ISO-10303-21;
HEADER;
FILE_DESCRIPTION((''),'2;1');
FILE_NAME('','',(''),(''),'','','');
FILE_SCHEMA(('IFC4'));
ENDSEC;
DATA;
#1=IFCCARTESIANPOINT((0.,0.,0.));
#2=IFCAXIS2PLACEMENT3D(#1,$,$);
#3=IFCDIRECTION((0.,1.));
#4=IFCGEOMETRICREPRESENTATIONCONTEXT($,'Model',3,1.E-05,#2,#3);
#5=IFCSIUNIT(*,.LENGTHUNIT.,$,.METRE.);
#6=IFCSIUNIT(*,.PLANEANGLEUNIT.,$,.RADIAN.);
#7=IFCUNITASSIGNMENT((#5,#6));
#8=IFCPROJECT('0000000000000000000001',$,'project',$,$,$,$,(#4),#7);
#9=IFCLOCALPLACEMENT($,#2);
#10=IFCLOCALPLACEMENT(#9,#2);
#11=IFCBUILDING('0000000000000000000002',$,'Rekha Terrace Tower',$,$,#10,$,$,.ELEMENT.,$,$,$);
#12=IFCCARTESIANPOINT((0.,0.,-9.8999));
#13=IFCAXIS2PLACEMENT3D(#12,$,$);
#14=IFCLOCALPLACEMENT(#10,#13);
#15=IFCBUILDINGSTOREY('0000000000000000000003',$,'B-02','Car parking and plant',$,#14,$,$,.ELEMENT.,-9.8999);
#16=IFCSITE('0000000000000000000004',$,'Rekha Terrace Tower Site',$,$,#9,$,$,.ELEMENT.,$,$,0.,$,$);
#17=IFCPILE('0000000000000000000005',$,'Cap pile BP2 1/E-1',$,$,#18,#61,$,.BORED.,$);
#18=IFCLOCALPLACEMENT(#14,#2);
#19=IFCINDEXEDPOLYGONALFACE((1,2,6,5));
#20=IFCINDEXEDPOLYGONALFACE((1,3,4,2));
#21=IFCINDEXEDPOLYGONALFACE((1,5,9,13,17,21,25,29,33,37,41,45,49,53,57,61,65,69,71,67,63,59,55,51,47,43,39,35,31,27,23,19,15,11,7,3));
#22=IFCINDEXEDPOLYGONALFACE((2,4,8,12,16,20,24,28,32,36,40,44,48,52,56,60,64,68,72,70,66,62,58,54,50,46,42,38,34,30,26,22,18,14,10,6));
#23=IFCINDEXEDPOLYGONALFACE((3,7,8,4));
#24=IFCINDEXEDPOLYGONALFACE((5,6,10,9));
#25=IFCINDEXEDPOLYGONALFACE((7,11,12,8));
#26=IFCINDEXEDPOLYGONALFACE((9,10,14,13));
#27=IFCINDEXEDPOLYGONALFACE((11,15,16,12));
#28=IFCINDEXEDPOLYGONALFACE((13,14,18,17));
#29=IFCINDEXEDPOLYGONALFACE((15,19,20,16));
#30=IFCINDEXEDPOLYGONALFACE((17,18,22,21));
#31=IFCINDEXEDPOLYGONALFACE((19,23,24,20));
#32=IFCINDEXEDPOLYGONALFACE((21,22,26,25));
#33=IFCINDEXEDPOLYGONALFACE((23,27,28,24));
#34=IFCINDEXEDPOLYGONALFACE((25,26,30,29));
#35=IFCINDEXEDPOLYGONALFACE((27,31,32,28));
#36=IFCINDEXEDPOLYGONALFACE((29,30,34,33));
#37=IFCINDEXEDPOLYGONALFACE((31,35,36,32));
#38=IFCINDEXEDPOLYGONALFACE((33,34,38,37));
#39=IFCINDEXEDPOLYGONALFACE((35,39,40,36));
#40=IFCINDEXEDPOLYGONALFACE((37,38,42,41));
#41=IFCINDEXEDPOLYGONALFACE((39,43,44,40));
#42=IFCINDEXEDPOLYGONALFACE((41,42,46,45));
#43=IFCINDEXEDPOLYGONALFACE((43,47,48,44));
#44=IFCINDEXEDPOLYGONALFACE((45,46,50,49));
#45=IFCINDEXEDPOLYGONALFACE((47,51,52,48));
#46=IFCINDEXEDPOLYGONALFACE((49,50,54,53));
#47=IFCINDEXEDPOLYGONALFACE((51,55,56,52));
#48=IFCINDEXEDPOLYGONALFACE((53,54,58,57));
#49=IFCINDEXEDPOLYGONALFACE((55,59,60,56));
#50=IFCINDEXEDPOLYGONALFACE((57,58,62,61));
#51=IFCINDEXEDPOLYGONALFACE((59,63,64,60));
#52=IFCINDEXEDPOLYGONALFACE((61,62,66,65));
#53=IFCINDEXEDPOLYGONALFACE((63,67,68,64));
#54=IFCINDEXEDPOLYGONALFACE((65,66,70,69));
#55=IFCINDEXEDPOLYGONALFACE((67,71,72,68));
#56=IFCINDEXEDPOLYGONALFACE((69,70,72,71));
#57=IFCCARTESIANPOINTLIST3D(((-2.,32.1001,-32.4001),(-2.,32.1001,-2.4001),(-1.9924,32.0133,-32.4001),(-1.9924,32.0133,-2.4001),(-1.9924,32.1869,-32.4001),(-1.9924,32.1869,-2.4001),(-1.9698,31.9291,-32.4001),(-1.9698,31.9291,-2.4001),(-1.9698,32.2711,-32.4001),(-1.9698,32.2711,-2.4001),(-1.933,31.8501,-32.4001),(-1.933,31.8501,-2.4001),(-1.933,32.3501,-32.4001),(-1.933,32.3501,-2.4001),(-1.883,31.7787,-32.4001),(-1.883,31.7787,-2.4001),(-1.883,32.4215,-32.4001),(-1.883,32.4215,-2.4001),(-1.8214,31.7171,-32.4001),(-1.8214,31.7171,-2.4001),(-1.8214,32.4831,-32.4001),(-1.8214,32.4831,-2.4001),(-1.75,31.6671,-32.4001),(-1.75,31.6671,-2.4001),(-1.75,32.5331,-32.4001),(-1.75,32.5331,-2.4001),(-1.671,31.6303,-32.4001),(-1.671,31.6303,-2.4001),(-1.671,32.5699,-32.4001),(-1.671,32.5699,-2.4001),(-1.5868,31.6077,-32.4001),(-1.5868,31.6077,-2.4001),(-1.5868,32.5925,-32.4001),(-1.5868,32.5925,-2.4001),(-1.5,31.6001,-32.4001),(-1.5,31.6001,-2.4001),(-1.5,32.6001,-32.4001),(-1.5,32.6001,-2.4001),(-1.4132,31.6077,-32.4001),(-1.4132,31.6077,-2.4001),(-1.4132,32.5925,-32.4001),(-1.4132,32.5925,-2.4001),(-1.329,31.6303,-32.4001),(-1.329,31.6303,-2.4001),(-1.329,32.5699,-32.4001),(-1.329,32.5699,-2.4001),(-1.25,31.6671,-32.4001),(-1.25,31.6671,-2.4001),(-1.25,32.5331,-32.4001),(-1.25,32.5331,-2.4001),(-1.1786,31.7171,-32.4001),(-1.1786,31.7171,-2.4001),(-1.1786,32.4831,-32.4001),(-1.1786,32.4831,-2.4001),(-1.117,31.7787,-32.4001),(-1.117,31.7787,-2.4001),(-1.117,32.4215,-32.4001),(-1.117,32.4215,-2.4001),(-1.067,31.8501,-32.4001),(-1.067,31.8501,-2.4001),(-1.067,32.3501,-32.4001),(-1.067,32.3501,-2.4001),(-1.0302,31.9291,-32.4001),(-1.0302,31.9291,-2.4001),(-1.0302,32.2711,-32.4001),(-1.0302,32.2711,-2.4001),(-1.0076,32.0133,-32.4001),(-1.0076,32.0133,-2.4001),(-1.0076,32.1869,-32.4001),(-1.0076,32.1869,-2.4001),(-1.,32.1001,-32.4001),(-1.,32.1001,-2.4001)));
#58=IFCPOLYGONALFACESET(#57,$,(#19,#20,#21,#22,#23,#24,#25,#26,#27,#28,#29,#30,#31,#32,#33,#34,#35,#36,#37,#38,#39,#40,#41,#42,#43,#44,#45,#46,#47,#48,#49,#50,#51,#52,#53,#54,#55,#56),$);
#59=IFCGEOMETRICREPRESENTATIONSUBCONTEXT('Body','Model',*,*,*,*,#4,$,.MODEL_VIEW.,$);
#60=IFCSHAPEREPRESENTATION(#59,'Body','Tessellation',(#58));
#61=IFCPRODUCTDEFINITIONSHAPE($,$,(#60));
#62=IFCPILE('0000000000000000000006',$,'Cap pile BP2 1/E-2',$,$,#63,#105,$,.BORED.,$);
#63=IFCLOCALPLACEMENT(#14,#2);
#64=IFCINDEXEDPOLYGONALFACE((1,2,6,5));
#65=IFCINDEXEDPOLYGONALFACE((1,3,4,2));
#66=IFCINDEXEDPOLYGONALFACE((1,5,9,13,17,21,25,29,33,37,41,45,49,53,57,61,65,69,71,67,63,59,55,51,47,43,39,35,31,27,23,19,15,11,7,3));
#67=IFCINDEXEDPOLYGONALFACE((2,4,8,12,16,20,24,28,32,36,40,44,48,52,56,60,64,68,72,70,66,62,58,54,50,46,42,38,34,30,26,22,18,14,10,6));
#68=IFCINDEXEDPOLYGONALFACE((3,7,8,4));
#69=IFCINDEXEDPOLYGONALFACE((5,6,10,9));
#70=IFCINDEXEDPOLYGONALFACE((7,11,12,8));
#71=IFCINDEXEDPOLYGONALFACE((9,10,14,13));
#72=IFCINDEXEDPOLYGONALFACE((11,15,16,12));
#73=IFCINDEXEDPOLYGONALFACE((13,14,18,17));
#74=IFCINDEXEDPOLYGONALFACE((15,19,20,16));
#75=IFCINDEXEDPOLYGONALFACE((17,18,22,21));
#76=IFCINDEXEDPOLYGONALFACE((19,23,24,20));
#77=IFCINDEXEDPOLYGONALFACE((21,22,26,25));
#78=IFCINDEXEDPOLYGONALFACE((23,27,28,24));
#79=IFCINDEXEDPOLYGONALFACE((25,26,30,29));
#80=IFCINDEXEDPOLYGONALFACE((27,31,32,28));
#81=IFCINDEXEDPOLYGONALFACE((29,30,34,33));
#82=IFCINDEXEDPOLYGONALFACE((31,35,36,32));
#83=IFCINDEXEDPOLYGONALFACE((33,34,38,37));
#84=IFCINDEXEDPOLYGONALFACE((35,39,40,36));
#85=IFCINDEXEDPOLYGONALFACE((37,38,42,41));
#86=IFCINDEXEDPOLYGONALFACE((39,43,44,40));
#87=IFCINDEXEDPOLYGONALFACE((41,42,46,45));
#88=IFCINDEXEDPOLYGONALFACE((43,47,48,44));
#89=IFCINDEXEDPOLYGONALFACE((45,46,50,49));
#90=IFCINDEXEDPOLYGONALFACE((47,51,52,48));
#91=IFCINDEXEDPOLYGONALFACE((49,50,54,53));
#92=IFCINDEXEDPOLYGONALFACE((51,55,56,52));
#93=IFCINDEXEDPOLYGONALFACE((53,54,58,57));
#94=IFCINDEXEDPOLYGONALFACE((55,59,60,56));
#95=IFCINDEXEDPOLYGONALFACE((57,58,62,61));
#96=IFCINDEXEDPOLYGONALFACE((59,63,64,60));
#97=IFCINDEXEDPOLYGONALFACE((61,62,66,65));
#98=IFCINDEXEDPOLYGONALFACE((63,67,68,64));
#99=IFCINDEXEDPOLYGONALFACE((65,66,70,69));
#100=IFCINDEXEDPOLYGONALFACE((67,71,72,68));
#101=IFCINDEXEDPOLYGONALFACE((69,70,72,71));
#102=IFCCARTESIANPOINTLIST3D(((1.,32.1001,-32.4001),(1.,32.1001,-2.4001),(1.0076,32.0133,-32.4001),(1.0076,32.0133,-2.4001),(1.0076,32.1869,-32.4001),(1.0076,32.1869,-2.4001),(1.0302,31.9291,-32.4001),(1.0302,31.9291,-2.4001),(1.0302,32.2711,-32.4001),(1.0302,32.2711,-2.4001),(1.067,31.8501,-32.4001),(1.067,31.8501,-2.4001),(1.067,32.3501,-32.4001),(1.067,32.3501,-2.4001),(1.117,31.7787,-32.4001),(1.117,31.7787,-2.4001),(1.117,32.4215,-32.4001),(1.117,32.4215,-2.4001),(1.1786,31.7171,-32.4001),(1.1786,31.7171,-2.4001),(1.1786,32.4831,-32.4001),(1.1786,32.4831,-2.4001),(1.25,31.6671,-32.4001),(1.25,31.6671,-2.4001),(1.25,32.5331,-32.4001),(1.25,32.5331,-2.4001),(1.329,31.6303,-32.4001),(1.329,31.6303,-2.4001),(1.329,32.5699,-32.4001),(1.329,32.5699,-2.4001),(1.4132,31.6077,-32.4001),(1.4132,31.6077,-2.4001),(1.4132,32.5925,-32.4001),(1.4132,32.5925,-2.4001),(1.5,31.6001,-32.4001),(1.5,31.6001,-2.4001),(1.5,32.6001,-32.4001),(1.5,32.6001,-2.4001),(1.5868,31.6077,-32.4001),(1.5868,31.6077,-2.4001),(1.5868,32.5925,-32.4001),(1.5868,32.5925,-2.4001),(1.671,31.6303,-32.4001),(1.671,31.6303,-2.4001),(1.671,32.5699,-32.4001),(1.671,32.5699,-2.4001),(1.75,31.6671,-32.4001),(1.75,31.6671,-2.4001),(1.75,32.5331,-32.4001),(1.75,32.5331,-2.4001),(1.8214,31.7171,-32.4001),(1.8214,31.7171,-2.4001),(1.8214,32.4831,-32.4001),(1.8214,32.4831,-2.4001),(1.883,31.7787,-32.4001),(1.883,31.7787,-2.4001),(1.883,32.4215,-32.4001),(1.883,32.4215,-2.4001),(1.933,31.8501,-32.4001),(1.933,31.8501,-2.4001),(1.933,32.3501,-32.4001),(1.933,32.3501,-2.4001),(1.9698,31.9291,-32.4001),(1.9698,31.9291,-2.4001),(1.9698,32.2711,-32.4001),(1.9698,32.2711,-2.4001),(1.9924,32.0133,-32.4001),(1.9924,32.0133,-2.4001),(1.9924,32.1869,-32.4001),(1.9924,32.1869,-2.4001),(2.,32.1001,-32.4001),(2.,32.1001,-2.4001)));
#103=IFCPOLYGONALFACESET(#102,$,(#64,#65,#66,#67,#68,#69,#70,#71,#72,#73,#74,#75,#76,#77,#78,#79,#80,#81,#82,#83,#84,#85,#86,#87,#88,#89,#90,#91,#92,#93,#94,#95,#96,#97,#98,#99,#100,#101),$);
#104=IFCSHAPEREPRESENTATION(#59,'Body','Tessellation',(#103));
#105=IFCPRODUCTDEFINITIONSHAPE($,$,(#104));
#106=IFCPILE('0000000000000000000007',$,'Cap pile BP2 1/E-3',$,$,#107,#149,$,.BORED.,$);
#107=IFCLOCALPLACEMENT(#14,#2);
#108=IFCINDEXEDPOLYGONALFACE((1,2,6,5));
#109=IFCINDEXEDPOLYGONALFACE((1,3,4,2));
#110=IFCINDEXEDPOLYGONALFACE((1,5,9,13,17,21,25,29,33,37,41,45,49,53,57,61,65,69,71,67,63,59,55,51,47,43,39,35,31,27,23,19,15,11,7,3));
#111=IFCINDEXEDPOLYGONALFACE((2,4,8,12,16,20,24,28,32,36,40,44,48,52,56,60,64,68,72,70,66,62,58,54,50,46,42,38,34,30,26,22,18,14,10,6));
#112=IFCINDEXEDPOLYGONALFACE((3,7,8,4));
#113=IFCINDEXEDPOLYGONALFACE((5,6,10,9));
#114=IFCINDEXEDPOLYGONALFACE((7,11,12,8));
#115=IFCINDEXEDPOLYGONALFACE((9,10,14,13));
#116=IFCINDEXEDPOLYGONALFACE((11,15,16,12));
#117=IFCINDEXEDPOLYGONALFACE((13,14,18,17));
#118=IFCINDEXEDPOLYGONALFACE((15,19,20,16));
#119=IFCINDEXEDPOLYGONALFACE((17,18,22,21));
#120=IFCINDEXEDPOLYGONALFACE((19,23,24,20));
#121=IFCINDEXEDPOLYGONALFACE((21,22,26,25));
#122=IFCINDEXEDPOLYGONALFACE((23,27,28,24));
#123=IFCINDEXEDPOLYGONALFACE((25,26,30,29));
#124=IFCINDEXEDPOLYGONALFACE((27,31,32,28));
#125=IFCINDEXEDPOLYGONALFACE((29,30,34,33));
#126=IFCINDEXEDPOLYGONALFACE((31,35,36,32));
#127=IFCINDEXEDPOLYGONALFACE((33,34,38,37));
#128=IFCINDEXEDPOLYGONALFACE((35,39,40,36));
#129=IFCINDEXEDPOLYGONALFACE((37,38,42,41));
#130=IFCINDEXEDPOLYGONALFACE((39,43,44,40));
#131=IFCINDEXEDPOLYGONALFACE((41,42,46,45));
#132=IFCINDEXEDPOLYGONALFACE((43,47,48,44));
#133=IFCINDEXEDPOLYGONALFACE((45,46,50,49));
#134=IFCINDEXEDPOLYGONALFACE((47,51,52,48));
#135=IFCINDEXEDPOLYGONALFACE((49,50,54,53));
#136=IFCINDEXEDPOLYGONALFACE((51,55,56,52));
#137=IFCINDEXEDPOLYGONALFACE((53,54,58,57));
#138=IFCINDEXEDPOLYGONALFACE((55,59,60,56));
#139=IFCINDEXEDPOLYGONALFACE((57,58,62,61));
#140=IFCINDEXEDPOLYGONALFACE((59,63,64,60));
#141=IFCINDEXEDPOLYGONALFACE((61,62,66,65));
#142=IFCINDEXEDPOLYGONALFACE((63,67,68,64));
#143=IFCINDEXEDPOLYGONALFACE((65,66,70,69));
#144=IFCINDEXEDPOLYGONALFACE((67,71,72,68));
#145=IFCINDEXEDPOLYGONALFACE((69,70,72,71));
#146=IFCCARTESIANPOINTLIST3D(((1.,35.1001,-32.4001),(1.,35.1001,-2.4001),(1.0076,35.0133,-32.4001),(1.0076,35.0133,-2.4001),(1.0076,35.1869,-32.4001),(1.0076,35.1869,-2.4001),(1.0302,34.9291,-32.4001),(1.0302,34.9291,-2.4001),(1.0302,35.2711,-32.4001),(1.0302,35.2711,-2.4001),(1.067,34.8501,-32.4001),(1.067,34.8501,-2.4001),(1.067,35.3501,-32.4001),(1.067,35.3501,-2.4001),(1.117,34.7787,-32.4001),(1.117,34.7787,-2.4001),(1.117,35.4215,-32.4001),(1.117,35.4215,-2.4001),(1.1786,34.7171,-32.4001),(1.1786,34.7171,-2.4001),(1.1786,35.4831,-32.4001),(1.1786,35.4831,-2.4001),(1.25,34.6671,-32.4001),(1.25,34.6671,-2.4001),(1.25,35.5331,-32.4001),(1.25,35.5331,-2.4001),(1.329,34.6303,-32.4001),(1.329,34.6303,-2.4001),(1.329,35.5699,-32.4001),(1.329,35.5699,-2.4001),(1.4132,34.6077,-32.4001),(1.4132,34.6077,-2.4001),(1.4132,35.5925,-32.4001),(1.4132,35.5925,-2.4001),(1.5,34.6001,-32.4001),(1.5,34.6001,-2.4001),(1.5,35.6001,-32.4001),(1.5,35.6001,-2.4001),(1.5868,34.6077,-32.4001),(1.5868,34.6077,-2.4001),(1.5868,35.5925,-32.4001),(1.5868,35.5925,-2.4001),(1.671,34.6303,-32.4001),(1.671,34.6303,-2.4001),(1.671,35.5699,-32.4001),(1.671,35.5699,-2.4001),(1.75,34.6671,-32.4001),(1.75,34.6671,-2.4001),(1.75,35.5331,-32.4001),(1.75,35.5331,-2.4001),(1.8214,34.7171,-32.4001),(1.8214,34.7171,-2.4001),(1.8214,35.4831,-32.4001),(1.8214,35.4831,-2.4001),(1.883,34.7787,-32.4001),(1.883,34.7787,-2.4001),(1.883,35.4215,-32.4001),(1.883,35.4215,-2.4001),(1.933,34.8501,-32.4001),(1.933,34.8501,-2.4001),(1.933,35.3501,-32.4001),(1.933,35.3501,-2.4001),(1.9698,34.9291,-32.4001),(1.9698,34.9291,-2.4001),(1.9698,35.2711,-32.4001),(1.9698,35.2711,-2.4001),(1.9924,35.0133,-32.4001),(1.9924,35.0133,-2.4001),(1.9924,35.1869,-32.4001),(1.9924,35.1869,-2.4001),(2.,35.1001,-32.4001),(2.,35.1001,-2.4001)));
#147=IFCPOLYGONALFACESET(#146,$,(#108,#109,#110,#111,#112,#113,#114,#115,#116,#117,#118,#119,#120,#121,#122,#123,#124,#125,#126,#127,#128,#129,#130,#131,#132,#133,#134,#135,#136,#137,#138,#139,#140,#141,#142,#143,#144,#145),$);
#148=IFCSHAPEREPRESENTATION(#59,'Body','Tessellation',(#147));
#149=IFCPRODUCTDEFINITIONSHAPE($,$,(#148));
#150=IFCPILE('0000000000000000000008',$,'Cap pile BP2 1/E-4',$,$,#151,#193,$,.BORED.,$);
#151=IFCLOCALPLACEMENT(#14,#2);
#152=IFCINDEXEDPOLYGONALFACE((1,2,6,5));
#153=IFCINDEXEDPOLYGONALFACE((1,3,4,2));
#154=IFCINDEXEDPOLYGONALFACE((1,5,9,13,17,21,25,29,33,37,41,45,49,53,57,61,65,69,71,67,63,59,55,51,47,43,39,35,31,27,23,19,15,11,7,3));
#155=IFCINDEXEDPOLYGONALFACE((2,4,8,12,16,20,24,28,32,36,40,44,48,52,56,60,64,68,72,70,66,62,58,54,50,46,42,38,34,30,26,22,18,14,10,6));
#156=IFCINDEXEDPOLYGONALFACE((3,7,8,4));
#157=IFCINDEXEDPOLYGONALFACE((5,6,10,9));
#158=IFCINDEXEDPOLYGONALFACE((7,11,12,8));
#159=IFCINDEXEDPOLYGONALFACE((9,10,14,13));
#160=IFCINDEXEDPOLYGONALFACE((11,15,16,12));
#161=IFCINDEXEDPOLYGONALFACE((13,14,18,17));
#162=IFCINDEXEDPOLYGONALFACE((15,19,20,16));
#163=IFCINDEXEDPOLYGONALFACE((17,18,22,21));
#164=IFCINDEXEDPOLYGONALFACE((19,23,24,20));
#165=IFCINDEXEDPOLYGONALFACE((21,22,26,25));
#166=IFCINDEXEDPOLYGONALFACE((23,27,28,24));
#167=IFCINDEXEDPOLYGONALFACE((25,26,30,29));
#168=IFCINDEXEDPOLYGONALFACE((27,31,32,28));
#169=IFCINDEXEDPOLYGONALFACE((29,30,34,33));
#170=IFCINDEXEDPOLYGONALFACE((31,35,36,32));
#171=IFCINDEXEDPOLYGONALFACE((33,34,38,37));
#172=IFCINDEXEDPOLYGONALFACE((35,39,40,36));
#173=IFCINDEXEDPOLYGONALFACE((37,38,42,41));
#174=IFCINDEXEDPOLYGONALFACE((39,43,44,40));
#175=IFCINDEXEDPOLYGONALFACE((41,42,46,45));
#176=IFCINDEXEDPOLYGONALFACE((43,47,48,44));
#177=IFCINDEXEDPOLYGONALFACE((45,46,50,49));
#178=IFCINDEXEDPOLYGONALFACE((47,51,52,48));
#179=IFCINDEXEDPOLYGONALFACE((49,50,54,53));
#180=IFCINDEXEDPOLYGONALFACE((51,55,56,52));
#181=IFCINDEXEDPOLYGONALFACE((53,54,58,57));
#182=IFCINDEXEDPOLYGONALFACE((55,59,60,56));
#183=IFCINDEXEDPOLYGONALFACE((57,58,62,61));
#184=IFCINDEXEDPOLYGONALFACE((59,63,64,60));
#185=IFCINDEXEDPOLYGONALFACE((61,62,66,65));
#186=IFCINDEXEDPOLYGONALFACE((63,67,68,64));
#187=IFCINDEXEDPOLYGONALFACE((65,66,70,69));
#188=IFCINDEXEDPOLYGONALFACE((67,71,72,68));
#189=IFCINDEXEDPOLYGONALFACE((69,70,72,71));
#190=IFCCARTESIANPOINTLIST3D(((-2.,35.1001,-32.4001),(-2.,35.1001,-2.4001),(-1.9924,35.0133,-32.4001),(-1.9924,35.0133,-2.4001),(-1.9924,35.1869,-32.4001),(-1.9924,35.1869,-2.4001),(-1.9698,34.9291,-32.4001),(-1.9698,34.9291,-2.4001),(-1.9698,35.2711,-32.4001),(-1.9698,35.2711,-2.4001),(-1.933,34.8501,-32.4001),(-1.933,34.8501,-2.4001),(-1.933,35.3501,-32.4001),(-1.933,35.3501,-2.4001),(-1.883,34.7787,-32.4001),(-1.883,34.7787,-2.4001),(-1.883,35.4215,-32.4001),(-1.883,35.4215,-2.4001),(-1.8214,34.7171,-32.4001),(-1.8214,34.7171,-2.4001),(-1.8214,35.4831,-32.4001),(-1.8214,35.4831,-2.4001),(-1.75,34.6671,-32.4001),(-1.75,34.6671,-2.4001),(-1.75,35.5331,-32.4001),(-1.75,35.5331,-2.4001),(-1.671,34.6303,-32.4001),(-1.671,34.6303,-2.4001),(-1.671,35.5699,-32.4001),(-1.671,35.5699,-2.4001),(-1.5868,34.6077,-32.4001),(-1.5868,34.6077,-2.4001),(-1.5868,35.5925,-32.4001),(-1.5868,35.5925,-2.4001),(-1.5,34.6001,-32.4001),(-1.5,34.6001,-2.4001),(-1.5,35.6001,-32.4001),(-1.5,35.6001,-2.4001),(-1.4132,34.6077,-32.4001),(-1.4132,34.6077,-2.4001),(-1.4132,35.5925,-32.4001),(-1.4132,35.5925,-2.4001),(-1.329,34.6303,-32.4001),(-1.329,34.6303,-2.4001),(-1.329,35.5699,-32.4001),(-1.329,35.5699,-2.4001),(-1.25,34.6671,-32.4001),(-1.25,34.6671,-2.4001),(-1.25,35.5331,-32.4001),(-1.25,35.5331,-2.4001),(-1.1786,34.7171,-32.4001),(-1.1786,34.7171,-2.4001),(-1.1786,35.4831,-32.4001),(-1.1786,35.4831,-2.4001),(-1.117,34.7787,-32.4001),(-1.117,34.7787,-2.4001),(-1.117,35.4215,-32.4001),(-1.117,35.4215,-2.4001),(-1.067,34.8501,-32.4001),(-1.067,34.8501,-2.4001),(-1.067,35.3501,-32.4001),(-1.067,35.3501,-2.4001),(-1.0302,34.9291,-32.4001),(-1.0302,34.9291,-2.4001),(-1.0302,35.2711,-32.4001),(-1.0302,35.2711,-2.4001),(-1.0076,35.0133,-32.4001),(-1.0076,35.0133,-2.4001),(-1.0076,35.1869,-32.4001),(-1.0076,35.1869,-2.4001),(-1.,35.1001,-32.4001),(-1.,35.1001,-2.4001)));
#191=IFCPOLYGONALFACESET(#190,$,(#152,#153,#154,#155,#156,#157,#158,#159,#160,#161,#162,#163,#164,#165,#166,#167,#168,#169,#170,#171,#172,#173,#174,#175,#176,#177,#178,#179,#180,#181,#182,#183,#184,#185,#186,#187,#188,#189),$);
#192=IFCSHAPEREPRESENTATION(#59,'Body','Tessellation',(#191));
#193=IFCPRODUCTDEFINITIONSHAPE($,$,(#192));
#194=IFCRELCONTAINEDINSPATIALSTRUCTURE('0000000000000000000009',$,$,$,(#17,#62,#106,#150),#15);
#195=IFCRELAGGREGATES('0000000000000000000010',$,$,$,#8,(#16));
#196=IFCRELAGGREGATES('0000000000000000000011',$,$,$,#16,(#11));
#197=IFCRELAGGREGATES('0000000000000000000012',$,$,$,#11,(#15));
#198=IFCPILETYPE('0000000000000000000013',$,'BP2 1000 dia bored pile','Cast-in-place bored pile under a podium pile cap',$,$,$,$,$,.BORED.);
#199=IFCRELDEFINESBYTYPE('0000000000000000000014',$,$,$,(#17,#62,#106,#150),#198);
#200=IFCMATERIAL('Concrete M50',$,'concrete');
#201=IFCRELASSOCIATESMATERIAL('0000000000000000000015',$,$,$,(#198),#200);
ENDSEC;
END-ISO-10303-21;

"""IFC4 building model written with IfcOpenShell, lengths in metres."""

from ifc_helpers import new_model, si_unit, direction, frame, origin, origin_2d, place, context, subcontext, project, spatial, circle, extrude, material, type_object, element, save


model = new_model("IFC4")

# Units and contexts
model_context = context("Model", 3, precision=1e-05, world=origin(), true_north=direction((0.0, 1.0)))
body_context = subcontext(model_context, "Body", "Model", "MODEL_VIEW")
ifc_project = project(units=[si_unit("LENGTHUNIT", "METRE"), si_unit("PLANEANGLEUNIT", "RADIAN")], contexts=[model_context])

# Site, building, storey
site_placement = place(None, origin())
site = spatial("IfcSite", under=ifc_project, at=site_placement, Name="Rekha Terrace Tower Site", CompositionType="ELEMENT", RefElevation=0.0)
building_placement = place(site_placement, origin())
building = spatial("IfcBuilding", under=site, at=building_placement, Name="Rekha Terrace Tower", CompositionType="ELEMENT")
storey_placement = place(building_placement, frame((0.0, 0.0, -9.8999)))
storey = spatial("IfcBuildingStorey", under=building, at=storey_placement, Name="B-02", Description="Car parking and plant", CompositionType="ELEMENT", Elevation=-9.8999)

# Piles
ifc_material_1 = material(Name="Concrete M50", Category="concrete")
pile_type = type_object("IfcPileType", Name="BP2 1000 dia bored pile", Description="Cast-in-place bored pile under a podium pile cap", PredefinedType="BORED", material=ifc_material_1)
for number, where, z_axis, x_axis, name in (
    (1, (-1.5, 32.1001, -2.4001), (0.0, 0.0, -1.0), (1.0, 0.0, 0.0), "Cap pile BP2 1/E-1"),
    (2, (1.5, 32.1001, -2.4001), (0.0, 0.0, -1.0), (1.0, 0.0, 0.0), "Cap pile BP2 1/E-2"),
    (3, (1.5, 35.1001, -2.4001), (0.0, 0.0, -1.0), (1.0, 0.0, 0.0), "Cap pile BP2 1/E-3"),
    (4, (-1.5, 35.1001, -2.4001), (0.0, 0.0, -1.0), (1.0, 0.0, 0.0), "Cap pile BP2 1/E-4"),
):
    element("IfcPile", number, at=place(storey_placement, frame(where, z_axis=z_axis, x_axis=x_axis)), inside=storey, type_object=pile_type, Name=name, PredefinedType="BORED", context=body_context, shape_type="SweptSolid", body=[
        extrude(circle(Radius=0.5, at=origin_2d()), origin(), (0.0, 0.0, 1.0), 30.0),
    ])

save(model, "model.ifc")
